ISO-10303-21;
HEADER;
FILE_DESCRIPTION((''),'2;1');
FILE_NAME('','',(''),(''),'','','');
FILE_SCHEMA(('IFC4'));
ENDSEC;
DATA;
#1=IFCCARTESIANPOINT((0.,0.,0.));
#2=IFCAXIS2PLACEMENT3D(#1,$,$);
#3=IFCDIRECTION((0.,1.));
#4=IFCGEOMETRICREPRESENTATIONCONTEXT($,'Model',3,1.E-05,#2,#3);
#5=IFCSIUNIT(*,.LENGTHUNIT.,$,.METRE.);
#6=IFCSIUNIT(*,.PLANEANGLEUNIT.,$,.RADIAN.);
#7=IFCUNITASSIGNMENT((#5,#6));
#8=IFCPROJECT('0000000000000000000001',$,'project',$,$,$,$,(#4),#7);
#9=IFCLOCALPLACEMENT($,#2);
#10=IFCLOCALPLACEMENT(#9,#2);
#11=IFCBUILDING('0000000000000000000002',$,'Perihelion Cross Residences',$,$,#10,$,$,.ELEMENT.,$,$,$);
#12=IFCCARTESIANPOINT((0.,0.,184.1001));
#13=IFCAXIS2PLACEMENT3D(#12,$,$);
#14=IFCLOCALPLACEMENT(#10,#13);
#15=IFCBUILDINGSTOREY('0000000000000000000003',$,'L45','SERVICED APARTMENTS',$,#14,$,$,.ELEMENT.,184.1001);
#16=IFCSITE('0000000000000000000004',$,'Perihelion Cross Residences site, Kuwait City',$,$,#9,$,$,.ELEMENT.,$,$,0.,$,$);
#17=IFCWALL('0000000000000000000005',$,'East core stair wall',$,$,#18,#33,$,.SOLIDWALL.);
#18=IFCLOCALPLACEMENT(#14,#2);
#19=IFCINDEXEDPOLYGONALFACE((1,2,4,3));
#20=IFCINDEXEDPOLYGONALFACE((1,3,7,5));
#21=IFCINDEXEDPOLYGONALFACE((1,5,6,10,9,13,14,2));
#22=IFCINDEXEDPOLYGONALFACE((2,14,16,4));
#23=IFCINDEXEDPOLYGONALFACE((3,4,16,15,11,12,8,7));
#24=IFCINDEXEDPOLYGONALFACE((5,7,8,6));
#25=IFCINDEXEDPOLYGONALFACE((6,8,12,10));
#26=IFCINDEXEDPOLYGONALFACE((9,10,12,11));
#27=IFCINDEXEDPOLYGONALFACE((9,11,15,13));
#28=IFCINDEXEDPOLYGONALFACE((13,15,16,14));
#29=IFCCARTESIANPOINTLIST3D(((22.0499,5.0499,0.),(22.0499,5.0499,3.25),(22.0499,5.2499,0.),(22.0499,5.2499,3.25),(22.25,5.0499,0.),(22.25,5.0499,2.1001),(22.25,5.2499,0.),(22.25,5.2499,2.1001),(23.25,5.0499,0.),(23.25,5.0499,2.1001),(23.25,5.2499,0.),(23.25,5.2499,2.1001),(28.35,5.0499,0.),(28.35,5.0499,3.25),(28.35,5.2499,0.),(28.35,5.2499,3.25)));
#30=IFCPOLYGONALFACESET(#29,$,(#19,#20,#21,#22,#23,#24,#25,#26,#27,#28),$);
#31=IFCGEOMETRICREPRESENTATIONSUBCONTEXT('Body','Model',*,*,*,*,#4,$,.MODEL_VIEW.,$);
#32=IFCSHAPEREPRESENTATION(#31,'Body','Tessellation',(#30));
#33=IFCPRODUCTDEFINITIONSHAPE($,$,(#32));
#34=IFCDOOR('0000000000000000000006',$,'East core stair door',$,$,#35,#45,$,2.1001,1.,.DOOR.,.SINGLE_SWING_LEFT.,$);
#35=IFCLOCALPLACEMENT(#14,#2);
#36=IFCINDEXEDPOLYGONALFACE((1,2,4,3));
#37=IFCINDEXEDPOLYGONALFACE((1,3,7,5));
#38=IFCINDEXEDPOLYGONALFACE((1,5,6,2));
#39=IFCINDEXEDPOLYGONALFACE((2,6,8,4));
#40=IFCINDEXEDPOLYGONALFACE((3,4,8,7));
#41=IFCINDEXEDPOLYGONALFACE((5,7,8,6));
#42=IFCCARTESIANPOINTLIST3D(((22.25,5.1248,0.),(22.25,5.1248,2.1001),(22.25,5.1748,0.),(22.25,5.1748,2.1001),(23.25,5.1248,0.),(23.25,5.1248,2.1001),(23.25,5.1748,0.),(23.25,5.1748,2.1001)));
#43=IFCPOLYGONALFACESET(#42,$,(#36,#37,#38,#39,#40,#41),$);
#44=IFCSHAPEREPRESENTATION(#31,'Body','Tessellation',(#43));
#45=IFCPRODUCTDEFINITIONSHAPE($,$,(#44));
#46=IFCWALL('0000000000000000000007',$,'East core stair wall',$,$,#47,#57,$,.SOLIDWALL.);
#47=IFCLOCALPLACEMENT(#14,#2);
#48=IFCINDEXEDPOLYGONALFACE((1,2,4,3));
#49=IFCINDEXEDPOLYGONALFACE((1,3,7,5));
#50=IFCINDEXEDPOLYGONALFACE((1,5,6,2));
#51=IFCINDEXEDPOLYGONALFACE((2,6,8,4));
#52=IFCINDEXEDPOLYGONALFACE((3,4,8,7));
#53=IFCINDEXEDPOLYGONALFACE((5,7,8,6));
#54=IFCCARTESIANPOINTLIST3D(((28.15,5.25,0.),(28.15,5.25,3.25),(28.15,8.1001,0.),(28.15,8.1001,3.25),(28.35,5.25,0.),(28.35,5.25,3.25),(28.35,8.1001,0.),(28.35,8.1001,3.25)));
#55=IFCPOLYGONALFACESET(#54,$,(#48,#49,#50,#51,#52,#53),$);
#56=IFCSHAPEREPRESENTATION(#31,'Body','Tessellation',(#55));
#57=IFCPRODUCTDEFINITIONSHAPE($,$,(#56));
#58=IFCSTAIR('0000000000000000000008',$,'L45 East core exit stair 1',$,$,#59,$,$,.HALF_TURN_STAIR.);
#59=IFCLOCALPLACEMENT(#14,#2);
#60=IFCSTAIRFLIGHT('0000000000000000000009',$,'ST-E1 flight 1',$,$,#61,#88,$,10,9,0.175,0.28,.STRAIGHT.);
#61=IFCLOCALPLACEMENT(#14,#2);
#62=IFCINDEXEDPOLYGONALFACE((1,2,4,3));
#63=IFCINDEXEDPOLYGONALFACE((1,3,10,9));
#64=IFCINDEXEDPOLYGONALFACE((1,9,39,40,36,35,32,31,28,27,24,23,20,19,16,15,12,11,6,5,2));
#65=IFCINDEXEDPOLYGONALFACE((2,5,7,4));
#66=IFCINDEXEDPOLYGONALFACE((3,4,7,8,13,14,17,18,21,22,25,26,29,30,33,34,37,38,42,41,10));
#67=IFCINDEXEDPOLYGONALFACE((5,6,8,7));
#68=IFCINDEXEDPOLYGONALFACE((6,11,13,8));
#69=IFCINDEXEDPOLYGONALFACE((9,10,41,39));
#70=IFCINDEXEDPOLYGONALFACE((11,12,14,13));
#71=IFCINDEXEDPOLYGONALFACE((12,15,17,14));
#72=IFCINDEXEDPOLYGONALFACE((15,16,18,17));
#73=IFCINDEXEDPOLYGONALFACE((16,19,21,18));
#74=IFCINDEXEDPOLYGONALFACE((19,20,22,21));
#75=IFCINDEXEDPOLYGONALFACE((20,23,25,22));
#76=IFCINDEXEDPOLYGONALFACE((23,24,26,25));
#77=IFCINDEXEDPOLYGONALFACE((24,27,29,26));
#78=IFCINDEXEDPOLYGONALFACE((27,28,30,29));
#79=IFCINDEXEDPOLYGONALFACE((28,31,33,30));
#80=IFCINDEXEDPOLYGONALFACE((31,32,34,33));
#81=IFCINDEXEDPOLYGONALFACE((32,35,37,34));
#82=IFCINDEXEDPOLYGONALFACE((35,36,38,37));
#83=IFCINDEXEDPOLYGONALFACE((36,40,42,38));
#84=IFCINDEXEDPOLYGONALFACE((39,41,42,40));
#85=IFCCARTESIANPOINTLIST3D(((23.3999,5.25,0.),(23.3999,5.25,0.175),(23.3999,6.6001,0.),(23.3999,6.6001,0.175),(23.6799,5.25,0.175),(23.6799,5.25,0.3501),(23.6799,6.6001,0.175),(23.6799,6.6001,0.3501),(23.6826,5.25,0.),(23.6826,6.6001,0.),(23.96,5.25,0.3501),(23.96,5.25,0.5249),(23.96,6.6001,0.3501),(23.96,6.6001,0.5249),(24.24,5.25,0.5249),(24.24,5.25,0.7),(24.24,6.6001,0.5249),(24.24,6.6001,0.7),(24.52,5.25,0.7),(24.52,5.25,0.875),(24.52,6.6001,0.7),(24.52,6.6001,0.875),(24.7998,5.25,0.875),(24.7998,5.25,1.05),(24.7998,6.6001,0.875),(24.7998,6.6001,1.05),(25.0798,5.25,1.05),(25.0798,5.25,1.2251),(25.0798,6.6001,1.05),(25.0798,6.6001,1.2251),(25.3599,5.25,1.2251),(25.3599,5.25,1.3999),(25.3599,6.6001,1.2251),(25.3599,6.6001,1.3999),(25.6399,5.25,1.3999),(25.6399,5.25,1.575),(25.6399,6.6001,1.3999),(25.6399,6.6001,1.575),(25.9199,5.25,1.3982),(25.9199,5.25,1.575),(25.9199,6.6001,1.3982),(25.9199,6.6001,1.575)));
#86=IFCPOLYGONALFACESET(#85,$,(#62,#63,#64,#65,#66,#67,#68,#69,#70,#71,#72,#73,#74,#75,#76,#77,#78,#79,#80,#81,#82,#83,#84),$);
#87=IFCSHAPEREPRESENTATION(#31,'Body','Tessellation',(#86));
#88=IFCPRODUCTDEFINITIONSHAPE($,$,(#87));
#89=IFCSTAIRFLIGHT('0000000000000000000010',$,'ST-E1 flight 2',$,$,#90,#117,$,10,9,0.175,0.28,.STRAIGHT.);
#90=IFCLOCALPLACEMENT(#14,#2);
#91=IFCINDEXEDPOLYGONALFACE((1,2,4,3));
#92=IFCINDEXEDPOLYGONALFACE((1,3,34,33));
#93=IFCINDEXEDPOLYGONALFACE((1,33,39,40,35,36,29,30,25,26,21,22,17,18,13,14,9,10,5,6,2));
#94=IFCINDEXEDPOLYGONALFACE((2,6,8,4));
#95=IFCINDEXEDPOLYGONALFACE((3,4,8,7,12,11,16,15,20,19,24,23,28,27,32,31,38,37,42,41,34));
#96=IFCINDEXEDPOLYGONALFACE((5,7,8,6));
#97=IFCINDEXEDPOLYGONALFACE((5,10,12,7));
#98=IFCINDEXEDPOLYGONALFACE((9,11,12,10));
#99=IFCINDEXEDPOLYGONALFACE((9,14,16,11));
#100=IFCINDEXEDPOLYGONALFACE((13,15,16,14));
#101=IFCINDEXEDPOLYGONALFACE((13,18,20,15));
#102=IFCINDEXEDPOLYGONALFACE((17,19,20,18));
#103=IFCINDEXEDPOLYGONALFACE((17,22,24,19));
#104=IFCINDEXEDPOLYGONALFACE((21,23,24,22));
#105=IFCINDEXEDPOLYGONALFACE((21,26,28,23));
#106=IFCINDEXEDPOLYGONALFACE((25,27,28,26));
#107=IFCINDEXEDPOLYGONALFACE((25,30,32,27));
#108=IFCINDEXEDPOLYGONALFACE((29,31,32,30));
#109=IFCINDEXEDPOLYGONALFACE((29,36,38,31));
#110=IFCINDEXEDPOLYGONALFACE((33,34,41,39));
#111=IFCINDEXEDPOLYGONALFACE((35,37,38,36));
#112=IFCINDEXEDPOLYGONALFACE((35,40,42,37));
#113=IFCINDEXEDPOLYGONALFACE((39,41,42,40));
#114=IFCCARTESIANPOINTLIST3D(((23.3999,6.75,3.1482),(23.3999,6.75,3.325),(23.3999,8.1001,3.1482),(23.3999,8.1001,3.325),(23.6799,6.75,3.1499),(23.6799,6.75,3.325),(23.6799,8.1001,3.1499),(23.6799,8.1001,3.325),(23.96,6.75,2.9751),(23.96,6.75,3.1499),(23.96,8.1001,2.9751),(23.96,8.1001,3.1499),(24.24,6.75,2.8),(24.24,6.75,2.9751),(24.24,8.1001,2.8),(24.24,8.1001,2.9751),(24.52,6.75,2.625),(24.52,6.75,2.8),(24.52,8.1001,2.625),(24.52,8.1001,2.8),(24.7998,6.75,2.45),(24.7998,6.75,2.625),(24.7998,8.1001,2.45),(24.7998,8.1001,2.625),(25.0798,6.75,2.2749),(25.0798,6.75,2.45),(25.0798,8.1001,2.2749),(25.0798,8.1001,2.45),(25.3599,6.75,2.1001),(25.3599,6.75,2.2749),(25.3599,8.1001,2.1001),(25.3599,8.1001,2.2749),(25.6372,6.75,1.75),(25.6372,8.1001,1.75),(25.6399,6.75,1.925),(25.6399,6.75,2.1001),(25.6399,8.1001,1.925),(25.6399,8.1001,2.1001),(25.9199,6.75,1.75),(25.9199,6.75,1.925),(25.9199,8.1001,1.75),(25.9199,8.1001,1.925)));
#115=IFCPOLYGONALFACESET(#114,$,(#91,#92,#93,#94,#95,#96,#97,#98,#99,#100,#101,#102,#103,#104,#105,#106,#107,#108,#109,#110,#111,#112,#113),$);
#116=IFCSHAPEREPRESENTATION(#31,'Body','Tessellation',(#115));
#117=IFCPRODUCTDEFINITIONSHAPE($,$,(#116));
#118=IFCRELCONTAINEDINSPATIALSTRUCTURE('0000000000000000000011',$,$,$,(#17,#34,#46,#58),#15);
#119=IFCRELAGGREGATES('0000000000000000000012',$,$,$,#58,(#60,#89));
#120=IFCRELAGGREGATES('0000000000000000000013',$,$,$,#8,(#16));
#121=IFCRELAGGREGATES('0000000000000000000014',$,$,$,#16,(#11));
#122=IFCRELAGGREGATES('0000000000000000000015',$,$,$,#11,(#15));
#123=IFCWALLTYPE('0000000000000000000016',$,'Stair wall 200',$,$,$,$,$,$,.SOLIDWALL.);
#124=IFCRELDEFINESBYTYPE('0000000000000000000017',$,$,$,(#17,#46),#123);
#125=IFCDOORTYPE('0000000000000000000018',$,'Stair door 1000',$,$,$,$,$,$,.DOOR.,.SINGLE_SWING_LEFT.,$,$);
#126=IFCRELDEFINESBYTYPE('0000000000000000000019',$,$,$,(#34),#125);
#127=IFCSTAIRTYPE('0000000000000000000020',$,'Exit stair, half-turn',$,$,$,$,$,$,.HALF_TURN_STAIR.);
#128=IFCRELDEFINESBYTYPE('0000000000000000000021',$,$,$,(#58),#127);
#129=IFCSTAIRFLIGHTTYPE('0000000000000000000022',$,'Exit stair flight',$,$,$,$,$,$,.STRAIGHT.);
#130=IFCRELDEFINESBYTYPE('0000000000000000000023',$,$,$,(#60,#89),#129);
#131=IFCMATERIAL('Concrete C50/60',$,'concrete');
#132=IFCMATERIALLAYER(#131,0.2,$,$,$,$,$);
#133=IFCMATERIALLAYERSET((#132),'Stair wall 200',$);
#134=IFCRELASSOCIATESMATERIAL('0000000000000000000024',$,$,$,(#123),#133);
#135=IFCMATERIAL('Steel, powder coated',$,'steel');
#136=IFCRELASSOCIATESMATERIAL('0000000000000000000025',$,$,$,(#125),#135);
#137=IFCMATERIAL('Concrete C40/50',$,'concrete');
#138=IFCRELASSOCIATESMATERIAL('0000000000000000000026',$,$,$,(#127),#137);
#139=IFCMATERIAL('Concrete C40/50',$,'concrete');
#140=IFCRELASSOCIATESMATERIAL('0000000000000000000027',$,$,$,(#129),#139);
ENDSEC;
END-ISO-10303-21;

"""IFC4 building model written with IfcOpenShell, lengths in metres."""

from ifc_helpers import new_model, si_unit, direction, frame, frame_2d, origin, place, context, subcontext, project, spatial, polyline, rectangle, outline, extrude, material, layer, layer_set, type_object, element, fill, aggregate, save


model = new_model("IFC4")

# Units and contexts
model_context = context("Model", 3, precision=1e-05, world=origin(), true_north=direction((0.0, 1.0)))
body_context = subcontext(model_context, "Body", "Model", "MODEL_VIEW")
ifc_project = project(units=[si_unit("LENGTHUNIT", "METRE"), si_unit("PLANEANGLEUNIT", "RADIAN")], contexts=[model_context])

# Site, building, storey
site_placement = place(None, origin())
site = spatial("IfcSite", under=ifc_project, at=site_placement, Name="Perihelion Cross Residences site, Kuwait City", CompositionType="ELEMENT", RefElevation=0.0)
building_placement = place(site_placement, origin())
building = spatial("IfcBuilding", under=site, at=building_placement, Name="Perihelion Cross Residences", CompositionType="ELEMENT")
storey_placement = place(building_placement, frame((0.0, 0.0, 184.1001)))
storey = spatial("IfcBuildingStorey", under=building, at=storey_placement, Name="L45", Description="SERVICED APARTMENTS", CompositionType="ELEMENT", Elevation=184.1001)

# Wall, opening, door
ifc_material_1 = material(Name="Concrete C50/60", Category="concrete")
ifc_layer_1 = layer(ifc_material_1, 0.2)
ifc_layer_set_1 = layer_set([ifc_layer_1], Name="Stair wall 200")
wall_type_1 = type_object("IfcWallType", Name="Stair wall 200", PredefinedType="SOLIDWALL", material=ifc_layer_set_1)
wall_1_placement = place(storey_placement, frame((22.05, 5.1499, 0.0), z_axis=(0.0, 0.0, 1.0), x_axis=(1.0, 0.0, 0.0)))
wall_1 = element("IfcWall", 1, at=wall_1_placement, inside=storey, type_object=wall_type_1, Name="East core stair wall", PredefinedType="SOLIDWALL", context=body_context, shape_type="SweptSolid", body=[
    extrude(rectangle(XDim=6.3, YDim=0.2, at=frame_2d((3.1499, 0.0))), origin(), (0.0, 0.0, 1.0), 3.25),
])
opening_1_placement = place(wall_1_placement, frame((0.2, 0.0, 0.0)))
opening_1 = element("IfcOpeningElement", 2, at=opening_1_placement, cuts=wall_1, PredefinedType="OPENING", context=body_context, shape_type="SweptSolid", body=[
    extrude(rectangle(XDim=1.0, YDim=2.1001, at=frame_2d((0.5, 1.05))), frame((0.0, 0.1099, 0.0), z_axis=(0.0, -1.0, 0.0), x_axis=(1.0, 0.0, 0.0)), (0.0, 0.0, 1.0), 0.22),
])
ifc_material_2 = material(Name="Steel, powder coated", Category="steel")
door_type_1 = type_object("IfcDoorType", Name="Stair door 1000", OperationType="SINGLE_SWING_LEFT", PredefinedType="DOOR", material=ifc_material_2)
door_1_placement = place(opening_1_placement, origin())
door_1 = element("IfcDoor", 3, at=door_1_placement, inside=storey, type_object=door_type_1, Name="East core stair door", OperationType="SINGLE_SWING_LEFT", OverallHeight=2.1001, OverallWidth=1.0, PredefinedType="DOOR", context=body_context, shape_type="SweptSolid", body=[
    extrude(rectangle(XDim=1.0, YDim=2.1001, at=frame_2d((0.5, 1.05))), frame((0.0, 0.0249, 0.0), z_axis=(0.0, -1.0, 0.0), x_axis=(1.0, 0.0, 0.0)), (0.0, 0.0, 1.0), 0.05),
])
fill(opening_1, door_1)

# Wall
wall_2_placement = place(storey_placement, frame((28.25, 5.25, 0.0), z_axis=(0.0, 0.0, 1.0), x_axis=(0.0, 1.0, 0.0)))
element("IfcWall", 4, at=wall_2_placement, inside=storey, type_object=wall_type_1, Name="East core stair wall", PredefinedType="SOLIDWALL", context=body_context, shape_type="SweptSolid", body=[
    extrude(rectangle(XDim=2.8501, YDim=0.2, at=frame_2d((1.425, 0.0))), origin(), (0.0, 0.0, 1.0), 3.25),
])

# Stair, stair flights
ifc_material_3 = material(Name="Concrete C40/50", Category="concrete")
stair_type = type_object("IfcStairType", Name="Exit stair, half-turn", PredefinedType="HALF_TURN_STAIR", material=ifc_material_3)
stair_placement = place(storey_placement, origin())
stair = element("IfcStair", 5, at=stair_placement, inside=storey, type_object=stair_type, Name="L45 East core exit stair 1", PredefinedType="HALF_TURN_STAIR")
ifc_material_4 = material(Name="Concrete C40/50", Category="concrete")
stair_flight_type = type_object("IfcStairFlightType", Name="Exit stair flight", PredefinedType="STRAIGHT", material=ifc_material_4)
stair_flight_1_placement = place(storey_placement, frame((23.3999, 5.925, 0.0), z_axis=(0.0, 0.0, 1.0), x_axis=(1.0, 0.0, 0.0)))
stair_flight_1 = element("IfcStairFlight", 6, at=stair_flight_1_placement, type_object=stair_flight_type, Name="ST-E1 flight 1", NumberOfRisers=10, NumberOfTreads=9, PredefinedType="STRAIGHT", RiserHeight=0.175, TreadLength=0.28, context=body_context, shape_type="SweptSolid", body=[
    extrude(outline(polyline([(0.0, 0.0), (0.0, 0.175), (0.28, 0.175), (0.28, 0.3501), (0.5601, 0.3501), (0.5601, 0.5249), (0.8401, 0.5249), (0.8401, 0.7), (1.1201, 0.7), (1.1201, 0.875), (1.3999, 0.875), (1.3999, 1.05), (1.6799, 1.05), (1.6799, 1.2251), (1.96, 1.2251), (1.96, 1.3999), (2.24, 1.3999), (2.24, 1.575), (2.52, 1.575), (2.52, 1.75), (2.52, 1.3982), (0.2827, 0.0), (0.0, 0.0)])), frame((0.0, 0.675, 0.0), z_axis=(0.0, -1.0, 0.0), x_axis=(1.0, 0.0, 0.0)), (0.0, 0.0, 1.0), 1.3501),
])
stair_flight_2_placement = place(storey_placement, frame((25.9199, 7.425, 1.75), z_axis=(0.0, 0.0, 1.0), x_axis=(-1.0, 0.0, 0.0)))
stair_flight_2 = element("IfcStairFlight", 7, at=stair_flight_2_placement, type_object=stair_flight_type, Name="ST-E1 flight 2", NumberOfRisers=10, NumberOfTreads=9, PredefinedType="STRAIGHT", RiserHeight=0.175, TreadLength=0.28, context=body_context, shape_type="SweptSolid", body=[
    extrude(outline(polyline([(0.0, 0.0), (0.0, 0.175), (0.28, 0.175), (0.28, 0.3501), (0.5601, 0.3501), (0.5601, 0.5249), (0.8401, 0.5249), (0.8401, 0.7), (1.1201, 0.7), (1.1201, 0.875), (1.3999, 0.875), (1.3999, 1.05), (1.6799, 1.05), (1.6799, 1.2251), (1.96, 1.2251), (1.96, 1.3999), (2.24, 1.3999), (2.24, 1.575), (2.52, 1.575), (2.52, 1.75), (2.52, 1.3982), (0.2827, 0.0), (0.0, 0.0)])), frame((0.0, 0.675, 0.0), z_axis=(0.0, -1.0, 0.0), x_axis=(1.0, 0.0, 0.0)), (0.0, 0.0, 1.0), 1.3501),
])
aggregate(stair, [stair_flight_1, stair_flight_2])

save(model, "model.ifc")
